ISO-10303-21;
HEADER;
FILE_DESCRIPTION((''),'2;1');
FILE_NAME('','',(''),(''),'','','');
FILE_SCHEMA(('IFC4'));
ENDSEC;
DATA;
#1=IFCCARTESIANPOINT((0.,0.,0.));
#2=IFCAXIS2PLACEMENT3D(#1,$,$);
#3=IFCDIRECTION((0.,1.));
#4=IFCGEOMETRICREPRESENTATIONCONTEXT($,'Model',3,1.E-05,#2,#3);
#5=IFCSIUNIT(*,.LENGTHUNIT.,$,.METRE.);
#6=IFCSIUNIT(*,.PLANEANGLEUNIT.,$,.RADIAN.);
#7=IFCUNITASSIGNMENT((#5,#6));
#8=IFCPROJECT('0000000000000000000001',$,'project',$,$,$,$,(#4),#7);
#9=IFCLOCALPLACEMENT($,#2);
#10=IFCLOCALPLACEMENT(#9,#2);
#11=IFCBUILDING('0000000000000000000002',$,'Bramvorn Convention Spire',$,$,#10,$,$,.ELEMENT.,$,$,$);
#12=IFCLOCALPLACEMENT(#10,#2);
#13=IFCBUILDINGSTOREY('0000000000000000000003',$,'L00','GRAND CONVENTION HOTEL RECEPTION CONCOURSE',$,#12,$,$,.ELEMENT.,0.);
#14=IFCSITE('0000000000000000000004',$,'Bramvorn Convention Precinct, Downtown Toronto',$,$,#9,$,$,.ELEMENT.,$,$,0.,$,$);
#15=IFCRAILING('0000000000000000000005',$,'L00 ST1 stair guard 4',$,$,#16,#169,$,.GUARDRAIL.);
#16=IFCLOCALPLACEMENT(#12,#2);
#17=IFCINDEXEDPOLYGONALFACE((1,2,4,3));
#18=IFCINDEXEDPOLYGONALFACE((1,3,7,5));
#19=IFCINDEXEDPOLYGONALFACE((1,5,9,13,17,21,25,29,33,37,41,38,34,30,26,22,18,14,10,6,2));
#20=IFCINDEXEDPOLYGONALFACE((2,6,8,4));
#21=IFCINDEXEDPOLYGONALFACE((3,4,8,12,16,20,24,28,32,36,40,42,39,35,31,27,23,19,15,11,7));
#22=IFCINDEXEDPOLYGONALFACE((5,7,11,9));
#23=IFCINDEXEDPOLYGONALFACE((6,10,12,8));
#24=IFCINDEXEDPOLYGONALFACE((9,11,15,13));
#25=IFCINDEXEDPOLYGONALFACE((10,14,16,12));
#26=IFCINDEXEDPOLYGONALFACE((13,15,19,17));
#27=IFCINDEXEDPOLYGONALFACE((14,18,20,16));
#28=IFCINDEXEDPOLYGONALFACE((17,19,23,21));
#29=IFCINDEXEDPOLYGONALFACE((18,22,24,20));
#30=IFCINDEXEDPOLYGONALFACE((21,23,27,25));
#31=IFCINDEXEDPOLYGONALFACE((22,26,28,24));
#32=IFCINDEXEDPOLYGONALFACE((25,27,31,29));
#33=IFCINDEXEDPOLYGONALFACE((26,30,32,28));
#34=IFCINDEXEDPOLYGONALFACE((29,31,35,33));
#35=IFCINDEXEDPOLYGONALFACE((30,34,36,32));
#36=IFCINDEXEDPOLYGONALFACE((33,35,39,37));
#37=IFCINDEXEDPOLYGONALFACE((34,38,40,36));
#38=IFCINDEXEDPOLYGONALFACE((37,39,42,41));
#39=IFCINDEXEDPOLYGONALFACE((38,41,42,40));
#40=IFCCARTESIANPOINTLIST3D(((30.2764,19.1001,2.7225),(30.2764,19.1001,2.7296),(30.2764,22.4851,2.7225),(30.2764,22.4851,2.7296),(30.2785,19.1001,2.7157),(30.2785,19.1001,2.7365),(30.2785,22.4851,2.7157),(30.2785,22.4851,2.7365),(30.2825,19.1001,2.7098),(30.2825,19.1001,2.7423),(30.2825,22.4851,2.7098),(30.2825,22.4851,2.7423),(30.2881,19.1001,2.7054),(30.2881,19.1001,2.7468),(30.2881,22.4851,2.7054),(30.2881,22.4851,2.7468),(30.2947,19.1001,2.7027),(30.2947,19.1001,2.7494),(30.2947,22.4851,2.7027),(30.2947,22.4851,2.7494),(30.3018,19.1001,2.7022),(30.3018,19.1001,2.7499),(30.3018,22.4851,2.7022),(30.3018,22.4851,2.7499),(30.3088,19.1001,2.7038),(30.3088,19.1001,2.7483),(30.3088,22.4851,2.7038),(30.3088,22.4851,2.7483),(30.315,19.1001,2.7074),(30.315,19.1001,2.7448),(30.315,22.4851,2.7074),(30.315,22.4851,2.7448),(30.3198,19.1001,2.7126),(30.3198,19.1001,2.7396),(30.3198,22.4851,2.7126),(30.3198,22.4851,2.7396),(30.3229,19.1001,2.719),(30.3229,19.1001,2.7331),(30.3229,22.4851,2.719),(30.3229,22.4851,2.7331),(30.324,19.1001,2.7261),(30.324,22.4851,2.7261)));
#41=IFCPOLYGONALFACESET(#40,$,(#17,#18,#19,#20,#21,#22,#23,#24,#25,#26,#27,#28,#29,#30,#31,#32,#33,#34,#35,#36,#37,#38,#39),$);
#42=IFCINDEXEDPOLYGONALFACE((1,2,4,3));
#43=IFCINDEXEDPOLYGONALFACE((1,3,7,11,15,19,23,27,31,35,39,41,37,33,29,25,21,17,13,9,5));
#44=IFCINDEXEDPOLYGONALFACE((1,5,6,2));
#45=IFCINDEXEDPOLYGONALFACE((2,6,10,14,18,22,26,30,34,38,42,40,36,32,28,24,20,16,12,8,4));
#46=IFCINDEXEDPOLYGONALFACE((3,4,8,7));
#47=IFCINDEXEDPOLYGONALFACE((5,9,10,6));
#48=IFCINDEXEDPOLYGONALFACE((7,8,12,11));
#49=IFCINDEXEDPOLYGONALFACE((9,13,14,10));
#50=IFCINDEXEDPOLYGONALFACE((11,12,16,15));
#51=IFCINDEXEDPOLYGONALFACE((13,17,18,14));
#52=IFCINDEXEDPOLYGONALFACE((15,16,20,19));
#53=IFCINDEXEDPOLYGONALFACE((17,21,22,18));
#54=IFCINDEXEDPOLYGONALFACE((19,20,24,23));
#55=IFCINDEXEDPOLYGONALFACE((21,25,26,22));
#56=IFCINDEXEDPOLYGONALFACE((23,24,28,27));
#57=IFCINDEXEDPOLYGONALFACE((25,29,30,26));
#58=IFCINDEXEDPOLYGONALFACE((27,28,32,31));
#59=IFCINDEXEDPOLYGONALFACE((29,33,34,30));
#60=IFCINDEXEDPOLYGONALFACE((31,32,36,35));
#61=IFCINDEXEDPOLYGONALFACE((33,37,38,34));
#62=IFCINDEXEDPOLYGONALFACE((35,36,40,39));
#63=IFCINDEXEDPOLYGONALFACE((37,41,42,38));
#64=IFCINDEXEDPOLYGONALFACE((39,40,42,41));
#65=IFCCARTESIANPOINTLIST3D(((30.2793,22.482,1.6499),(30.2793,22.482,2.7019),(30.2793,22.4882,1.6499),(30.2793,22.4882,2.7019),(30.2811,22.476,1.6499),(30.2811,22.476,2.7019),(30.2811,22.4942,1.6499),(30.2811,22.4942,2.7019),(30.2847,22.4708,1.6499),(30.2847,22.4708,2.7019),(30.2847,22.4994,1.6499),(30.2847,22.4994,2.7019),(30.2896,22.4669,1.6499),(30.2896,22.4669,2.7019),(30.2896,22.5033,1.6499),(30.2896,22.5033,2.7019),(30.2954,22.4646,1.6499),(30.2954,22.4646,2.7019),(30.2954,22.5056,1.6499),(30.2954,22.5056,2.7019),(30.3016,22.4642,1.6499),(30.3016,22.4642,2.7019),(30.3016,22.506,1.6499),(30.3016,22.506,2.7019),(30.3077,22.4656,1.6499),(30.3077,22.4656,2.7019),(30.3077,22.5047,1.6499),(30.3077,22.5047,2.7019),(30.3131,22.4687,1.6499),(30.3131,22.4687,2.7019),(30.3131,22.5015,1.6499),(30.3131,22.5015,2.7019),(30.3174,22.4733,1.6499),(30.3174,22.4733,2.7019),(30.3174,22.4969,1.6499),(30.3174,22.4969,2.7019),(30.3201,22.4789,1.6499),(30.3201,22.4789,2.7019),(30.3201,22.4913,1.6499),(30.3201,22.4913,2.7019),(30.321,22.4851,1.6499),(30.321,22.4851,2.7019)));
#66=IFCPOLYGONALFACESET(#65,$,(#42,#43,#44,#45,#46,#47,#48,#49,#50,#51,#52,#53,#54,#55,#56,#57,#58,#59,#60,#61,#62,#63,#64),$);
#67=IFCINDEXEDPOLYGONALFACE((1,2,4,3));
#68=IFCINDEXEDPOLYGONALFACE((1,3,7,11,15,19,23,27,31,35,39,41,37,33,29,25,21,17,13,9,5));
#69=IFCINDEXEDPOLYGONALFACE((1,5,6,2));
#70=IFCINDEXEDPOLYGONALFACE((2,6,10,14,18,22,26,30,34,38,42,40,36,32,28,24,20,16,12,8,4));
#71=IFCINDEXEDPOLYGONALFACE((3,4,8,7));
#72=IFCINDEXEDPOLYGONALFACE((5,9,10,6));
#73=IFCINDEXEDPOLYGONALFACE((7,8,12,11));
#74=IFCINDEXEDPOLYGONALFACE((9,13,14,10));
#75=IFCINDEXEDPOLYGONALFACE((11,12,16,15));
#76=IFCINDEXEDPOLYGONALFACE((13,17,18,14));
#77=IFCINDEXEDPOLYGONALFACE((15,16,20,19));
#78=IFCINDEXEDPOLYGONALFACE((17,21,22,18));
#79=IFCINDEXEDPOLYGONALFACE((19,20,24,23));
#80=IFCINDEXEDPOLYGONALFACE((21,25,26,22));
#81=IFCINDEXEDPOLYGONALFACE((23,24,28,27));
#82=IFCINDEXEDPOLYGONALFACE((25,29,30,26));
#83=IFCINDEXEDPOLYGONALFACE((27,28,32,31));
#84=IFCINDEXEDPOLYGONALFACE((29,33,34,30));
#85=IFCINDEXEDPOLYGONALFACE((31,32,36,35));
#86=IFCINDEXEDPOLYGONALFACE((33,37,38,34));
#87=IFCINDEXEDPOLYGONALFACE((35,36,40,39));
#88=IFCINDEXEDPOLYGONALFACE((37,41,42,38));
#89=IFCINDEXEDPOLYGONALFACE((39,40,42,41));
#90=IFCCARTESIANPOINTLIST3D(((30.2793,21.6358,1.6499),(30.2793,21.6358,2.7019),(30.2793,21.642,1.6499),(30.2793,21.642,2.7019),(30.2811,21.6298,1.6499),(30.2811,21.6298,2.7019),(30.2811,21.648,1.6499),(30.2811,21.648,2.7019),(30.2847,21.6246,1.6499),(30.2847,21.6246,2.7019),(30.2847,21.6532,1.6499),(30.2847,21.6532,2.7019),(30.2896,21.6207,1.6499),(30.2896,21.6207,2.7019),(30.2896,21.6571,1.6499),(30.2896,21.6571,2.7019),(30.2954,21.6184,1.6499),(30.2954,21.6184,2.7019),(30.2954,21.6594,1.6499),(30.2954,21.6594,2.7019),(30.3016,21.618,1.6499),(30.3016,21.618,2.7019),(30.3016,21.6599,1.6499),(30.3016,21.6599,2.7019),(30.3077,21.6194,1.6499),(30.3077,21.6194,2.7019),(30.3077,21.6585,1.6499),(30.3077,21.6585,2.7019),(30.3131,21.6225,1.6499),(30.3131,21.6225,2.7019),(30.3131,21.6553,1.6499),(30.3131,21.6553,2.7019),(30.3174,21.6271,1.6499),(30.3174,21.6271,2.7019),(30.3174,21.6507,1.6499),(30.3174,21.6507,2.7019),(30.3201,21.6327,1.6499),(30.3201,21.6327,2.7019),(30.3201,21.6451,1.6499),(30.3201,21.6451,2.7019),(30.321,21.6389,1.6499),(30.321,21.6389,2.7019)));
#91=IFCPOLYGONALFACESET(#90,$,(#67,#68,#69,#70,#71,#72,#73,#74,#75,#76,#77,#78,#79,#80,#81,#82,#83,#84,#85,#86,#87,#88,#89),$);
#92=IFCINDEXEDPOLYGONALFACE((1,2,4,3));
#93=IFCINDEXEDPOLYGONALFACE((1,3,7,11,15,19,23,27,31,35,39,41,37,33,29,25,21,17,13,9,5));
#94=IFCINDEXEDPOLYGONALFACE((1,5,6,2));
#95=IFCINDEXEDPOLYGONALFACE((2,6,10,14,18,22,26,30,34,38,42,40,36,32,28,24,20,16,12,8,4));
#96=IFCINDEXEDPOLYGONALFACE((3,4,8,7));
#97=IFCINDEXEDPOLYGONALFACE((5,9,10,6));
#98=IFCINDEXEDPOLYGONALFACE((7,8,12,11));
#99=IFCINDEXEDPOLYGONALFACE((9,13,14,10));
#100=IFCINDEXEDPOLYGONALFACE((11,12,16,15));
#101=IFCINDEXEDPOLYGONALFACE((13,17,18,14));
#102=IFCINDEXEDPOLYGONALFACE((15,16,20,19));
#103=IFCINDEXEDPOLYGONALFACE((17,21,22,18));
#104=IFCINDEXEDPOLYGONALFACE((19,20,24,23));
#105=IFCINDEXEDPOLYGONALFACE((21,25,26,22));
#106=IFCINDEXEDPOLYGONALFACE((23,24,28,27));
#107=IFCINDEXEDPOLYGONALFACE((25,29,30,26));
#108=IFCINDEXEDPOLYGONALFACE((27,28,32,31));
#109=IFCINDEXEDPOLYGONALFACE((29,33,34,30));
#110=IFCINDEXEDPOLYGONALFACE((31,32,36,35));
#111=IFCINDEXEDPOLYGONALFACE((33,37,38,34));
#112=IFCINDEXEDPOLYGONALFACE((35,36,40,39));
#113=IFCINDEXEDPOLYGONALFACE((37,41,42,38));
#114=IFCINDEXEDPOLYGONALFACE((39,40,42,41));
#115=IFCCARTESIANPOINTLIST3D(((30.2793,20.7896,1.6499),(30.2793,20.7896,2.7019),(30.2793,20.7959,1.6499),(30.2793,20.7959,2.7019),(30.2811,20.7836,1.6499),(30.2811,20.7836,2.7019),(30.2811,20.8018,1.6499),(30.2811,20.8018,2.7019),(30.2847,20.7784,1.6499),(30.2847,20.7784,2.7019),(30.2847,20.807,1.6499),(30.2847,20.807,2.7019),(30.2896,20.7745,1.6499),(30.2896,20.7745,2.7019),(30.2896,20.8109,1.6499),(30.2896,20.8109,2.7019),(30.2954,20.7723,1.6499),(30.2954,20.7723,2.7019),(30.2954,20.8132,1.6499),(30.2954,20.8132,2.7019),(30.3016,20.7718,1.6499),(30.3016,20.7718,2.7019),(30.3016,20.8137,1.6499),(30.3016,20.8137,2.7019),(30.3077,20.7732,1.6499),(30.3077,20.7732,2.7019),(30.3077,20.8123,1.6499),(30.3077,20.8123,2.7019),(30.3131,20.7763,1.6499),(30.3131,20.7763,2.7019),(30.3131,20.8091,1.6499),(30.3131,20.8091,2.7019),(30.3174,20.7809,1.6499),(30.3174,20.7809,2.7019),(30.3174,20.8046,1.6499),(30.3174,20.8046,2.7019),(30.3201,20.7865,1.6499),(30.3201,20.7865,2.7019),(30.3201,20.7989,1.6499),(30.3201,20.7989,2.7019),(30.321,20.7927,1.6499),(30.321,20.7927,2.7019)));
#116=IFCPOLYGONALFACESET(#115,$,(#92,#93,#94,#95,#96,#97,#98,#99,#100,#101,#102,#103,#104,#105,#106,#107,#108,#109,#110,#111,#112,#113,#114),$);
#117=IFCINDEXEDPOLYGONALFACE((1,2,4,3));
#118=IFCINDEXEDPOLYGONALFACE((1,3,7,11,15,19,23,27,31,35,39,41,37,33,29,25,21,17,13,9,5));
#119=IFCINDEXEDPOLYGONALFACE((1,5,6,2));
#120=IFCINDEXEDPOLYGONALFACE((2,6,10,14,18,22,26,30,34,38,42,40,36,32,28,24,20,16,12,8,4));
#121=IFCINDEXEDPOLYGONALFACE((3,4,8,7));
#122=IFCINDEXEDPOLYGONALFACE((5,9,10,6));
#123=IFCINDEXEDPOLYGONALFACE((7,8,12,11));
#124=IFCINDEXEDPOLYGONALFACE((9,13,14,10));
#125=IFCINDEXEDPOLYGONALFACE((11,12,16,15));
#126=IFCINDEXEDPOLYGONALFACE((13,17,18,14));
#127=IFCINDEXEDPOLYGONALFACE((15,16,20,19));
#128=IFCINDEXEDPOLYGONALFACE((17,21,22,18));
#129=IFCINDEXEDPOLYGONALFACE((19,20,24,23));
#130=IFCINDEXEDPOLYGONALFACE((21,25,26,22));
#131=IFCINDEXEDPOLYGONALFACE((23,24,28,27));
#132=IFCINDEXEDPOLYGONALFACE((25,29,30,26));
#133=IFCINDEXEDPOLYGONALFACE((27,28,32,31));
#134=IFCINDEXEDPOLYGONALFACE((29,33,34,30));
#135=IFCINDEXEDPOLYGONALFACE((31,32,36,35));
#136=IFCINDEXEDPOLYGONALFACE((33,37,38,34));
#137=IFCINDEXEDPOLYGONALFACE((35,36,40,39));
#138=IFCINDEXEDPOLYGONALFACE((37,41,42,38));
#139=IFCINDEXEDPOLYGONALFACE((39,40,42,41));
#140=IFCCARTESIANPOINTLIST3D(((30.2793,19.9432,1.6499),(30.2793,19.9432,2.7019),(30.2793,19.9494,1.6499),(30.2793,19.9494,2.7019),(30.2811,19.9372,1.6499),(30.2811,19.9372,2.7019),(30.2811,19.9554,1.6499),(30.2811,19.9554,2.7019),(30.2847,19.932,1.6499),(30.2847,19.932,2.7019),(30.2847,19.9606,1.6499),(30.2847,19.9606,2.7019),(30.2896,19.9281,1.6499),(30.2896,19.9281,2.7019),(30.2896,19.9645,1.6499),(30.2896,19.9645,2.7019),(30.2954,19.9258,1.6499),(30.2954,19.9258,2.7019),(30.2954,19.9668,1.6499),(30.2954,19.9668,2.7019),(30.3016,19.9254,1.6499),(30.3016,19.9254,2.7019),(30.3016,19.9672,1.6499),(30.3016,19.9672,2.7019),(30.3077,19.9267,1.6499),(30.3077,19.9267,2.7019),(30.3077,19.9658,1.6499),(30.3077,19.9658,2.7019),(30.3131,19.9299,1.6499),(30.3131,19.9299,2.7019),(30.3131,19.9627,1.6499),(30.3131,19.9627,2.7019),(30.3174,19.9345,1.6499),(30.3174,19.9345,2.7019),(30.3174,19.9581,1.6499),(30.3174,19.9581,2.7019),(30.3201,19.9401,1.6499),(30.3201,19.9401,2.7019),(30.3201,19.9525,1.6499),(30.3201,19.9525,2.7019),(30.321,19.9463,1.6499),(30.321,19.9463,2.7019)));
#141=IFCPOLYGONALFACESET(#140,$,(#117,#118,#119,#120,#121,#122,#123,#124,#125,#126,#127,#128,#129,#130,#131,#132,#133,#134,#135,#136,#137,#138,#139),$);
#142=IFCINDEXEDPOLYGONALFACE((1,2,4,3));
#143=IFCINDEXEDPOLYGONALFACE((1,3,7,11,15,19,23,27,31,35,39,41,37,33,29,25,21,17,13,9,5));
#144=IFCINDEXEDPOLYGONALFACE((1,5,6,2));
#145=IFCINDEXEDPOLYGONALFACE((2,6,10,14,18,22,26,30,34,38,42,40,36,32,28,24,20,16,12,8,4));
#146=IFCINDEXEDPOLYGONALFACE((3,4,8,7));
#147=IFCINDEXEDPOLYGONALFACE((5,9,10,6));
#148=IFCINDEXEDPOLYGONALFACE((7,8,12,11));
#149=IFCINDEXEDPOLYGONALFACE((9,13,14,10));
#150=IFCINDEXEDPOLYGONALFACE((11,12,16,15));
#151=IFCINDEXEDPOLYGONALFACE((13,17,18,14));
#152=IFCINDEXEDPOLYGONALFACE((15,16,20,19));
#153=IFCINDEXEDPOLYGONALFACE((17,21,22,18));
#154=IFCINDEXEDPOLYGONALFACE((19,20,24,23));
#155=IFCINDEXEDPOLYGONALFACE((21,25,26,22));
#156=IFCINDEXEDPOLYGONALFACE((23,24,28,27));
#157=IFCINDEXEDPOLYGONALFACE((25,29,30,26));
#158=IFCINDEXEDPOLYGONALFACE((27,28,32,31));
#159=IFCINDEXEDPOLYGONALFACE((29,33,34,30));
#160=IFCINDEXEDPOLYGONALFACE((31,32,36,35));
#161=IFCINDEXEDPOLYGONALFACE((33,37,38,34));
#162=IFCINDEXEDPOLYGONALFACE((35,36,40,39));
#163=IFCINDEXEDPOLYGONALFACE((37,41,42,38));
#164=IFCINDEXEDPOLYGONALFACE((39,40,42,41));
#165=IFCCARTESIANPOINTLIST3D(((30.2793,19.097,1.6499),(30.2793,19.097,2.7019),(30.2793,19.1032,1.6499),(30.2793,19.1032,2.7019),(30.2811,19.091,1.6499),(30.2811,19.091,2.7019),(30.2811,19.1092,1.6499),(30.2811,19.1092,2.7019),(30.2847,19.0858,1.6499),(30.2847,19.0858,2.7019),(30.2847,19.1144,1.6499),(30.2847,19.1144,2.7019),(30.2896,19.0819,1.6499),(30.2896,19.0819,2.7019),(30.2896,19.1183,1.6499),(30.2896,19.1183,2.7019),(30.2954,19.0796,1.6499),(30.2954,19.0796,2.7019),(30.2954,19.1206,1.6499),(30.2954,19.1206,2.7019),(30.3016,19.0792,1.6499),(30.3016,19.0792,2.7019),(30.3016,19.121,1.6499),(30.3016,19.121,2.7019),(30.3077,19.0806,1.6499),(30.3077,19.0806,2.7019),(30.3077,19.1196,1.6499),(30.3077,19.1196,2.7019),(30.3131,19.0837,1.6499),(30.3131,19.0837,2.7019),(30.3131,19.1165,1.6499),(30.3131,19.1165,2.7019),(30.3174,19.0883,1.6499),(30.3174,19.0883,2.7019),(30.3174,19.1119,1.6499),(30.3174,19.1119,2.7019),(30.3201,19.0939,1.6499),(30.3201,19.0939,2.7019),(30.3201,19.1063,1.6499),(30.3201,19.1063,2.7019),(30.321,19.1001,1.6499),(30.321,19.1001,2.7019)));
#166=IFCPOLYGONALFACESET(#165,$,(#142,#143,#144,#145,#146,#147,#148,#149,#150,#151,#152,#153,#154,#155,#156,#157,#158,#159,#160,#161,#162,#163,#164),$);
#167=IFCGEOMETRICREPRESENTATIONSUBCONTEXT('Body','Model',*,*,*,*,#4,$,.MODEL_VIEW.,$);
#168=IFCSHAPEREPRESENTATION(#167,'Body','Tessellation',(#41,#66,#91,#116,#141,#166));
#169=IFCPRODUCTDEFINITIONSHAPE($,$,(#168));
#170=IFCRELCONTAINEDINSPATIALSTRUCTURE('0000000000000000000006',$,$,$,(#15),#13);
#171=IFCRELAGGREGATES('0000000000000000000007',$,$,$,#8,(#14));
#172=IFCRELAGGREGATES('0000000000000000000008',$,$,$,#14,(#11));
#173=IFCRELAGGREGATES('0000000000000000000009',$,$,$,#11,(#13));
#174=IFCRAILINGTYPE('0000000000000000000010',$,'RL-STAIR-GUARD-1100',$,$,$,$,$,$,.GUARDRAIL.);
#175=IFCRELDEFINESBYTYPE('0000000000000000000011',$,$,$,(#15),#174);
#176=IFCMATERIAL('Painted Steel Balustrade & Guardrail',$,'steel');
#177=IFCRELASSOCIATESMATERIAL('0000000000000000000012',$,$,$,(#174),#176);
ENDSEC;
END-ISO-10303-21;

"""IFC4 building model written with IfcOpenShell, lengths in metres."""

from ifc_helpers import new_model, si_unit, direction, frame, origin, origin_2d, place, context, subcontext, project, spatial, circle, extrude, material, type_object, element, save


model = new_model("IFC4")

# Units and contexts
model_context = context("Model", 3, precision=1e-05, world=origin(), true_north=direction((0.0, 1.0)))
body_context = subcontext(model_context, "Body", "Model", "MODEL_VIEW")
ifc_project = project(units=[si_unit("LENGTHUNIT", "METRE"), si_unit("PLANEANGLEUNIT", "RADIAN")], contexts=[model_context])

# Site, building, storey
site_placement = place(None, origin())
site = spatial("IfcSite", under=ifc_project, at=site_placement, Name="Bramvorn Convention Precinct, Downtown Toronto", CompositionType="ELEMENT", RefElevation=0.0)
building_placement = place(site_placement, origin())
building = spatial("IfcBuilding", under=site, at=building_placement, Name="Bramvorn Convention Spire", CompositionType="ELEMENT")
storey_placement = place(building_placement, origin())
storey = spatial("IfcBuildingStorey", under=building, at=storey_placement, Name="L00", Description="GRAND CONVENTION HOTEL RECEPTION CONCOURSE", CompositionType="ELEMENT", Elevation=0.0)

# Railing
ifc_material_1 = material(Name="Painted Steel Balustrade & Guardrail", Category="steel")
railing_type_1 = type_object("IfcRailingType", Name="RL-STAIR-GUARD-1100", PredefinedType="GUARDRAIL", material=ifc_material_1)
for number, where, name in (
    (1, (30.3, 22.4851, 1.6499), "L00 ST1 stair guard 4"),
):
    element("IfcRailing", number, at=place(storey_placement, frame(where)), inside=storey, type_object=railing_type_1, Name=name, PredefinedType="GUARDRAIL", context=body_context, shape_type="SweptSolid", body=[
        extrude(circle(Radius=0.0239, at=origin_2d()), frame((0.0, 0.0, 1.0762), z_axis=(0.0, -1.0, 0.0), x_axis=(1.0, 0.0, 0.0)), (0.0, 0.0, 1.0), 3.385),
        extrude(circle(Radius=0.021, at=origin_2d()), origin(), (0.0, 0.0, 1.0), 1.052),
        extrude(circle(Radius=0.021, at=origin_2d()), frame((0.0, -0.8462, 0.0)), (0.0, 0.0, 1.0), 1.052),
        extrude(circle(Radius=0.021, at=origin_2d()), frame((0.0, -1.6924, 0.0)), (0.0, 0.0, 1.0), 1.052),
        extrude(circle(Radius=0.021, at=origin_2d()), frame((0.0, -2.5388, 0.0)), (0.0, 0.0, 1.0), 1.052),
        extrude(circle(Radius=0.021, at=origin_2d()), frame((0.0, -3.385, 0.0)), (0.0, 0.0, 1.0), 1.052),
    ])

save(model, "model.ifc")
